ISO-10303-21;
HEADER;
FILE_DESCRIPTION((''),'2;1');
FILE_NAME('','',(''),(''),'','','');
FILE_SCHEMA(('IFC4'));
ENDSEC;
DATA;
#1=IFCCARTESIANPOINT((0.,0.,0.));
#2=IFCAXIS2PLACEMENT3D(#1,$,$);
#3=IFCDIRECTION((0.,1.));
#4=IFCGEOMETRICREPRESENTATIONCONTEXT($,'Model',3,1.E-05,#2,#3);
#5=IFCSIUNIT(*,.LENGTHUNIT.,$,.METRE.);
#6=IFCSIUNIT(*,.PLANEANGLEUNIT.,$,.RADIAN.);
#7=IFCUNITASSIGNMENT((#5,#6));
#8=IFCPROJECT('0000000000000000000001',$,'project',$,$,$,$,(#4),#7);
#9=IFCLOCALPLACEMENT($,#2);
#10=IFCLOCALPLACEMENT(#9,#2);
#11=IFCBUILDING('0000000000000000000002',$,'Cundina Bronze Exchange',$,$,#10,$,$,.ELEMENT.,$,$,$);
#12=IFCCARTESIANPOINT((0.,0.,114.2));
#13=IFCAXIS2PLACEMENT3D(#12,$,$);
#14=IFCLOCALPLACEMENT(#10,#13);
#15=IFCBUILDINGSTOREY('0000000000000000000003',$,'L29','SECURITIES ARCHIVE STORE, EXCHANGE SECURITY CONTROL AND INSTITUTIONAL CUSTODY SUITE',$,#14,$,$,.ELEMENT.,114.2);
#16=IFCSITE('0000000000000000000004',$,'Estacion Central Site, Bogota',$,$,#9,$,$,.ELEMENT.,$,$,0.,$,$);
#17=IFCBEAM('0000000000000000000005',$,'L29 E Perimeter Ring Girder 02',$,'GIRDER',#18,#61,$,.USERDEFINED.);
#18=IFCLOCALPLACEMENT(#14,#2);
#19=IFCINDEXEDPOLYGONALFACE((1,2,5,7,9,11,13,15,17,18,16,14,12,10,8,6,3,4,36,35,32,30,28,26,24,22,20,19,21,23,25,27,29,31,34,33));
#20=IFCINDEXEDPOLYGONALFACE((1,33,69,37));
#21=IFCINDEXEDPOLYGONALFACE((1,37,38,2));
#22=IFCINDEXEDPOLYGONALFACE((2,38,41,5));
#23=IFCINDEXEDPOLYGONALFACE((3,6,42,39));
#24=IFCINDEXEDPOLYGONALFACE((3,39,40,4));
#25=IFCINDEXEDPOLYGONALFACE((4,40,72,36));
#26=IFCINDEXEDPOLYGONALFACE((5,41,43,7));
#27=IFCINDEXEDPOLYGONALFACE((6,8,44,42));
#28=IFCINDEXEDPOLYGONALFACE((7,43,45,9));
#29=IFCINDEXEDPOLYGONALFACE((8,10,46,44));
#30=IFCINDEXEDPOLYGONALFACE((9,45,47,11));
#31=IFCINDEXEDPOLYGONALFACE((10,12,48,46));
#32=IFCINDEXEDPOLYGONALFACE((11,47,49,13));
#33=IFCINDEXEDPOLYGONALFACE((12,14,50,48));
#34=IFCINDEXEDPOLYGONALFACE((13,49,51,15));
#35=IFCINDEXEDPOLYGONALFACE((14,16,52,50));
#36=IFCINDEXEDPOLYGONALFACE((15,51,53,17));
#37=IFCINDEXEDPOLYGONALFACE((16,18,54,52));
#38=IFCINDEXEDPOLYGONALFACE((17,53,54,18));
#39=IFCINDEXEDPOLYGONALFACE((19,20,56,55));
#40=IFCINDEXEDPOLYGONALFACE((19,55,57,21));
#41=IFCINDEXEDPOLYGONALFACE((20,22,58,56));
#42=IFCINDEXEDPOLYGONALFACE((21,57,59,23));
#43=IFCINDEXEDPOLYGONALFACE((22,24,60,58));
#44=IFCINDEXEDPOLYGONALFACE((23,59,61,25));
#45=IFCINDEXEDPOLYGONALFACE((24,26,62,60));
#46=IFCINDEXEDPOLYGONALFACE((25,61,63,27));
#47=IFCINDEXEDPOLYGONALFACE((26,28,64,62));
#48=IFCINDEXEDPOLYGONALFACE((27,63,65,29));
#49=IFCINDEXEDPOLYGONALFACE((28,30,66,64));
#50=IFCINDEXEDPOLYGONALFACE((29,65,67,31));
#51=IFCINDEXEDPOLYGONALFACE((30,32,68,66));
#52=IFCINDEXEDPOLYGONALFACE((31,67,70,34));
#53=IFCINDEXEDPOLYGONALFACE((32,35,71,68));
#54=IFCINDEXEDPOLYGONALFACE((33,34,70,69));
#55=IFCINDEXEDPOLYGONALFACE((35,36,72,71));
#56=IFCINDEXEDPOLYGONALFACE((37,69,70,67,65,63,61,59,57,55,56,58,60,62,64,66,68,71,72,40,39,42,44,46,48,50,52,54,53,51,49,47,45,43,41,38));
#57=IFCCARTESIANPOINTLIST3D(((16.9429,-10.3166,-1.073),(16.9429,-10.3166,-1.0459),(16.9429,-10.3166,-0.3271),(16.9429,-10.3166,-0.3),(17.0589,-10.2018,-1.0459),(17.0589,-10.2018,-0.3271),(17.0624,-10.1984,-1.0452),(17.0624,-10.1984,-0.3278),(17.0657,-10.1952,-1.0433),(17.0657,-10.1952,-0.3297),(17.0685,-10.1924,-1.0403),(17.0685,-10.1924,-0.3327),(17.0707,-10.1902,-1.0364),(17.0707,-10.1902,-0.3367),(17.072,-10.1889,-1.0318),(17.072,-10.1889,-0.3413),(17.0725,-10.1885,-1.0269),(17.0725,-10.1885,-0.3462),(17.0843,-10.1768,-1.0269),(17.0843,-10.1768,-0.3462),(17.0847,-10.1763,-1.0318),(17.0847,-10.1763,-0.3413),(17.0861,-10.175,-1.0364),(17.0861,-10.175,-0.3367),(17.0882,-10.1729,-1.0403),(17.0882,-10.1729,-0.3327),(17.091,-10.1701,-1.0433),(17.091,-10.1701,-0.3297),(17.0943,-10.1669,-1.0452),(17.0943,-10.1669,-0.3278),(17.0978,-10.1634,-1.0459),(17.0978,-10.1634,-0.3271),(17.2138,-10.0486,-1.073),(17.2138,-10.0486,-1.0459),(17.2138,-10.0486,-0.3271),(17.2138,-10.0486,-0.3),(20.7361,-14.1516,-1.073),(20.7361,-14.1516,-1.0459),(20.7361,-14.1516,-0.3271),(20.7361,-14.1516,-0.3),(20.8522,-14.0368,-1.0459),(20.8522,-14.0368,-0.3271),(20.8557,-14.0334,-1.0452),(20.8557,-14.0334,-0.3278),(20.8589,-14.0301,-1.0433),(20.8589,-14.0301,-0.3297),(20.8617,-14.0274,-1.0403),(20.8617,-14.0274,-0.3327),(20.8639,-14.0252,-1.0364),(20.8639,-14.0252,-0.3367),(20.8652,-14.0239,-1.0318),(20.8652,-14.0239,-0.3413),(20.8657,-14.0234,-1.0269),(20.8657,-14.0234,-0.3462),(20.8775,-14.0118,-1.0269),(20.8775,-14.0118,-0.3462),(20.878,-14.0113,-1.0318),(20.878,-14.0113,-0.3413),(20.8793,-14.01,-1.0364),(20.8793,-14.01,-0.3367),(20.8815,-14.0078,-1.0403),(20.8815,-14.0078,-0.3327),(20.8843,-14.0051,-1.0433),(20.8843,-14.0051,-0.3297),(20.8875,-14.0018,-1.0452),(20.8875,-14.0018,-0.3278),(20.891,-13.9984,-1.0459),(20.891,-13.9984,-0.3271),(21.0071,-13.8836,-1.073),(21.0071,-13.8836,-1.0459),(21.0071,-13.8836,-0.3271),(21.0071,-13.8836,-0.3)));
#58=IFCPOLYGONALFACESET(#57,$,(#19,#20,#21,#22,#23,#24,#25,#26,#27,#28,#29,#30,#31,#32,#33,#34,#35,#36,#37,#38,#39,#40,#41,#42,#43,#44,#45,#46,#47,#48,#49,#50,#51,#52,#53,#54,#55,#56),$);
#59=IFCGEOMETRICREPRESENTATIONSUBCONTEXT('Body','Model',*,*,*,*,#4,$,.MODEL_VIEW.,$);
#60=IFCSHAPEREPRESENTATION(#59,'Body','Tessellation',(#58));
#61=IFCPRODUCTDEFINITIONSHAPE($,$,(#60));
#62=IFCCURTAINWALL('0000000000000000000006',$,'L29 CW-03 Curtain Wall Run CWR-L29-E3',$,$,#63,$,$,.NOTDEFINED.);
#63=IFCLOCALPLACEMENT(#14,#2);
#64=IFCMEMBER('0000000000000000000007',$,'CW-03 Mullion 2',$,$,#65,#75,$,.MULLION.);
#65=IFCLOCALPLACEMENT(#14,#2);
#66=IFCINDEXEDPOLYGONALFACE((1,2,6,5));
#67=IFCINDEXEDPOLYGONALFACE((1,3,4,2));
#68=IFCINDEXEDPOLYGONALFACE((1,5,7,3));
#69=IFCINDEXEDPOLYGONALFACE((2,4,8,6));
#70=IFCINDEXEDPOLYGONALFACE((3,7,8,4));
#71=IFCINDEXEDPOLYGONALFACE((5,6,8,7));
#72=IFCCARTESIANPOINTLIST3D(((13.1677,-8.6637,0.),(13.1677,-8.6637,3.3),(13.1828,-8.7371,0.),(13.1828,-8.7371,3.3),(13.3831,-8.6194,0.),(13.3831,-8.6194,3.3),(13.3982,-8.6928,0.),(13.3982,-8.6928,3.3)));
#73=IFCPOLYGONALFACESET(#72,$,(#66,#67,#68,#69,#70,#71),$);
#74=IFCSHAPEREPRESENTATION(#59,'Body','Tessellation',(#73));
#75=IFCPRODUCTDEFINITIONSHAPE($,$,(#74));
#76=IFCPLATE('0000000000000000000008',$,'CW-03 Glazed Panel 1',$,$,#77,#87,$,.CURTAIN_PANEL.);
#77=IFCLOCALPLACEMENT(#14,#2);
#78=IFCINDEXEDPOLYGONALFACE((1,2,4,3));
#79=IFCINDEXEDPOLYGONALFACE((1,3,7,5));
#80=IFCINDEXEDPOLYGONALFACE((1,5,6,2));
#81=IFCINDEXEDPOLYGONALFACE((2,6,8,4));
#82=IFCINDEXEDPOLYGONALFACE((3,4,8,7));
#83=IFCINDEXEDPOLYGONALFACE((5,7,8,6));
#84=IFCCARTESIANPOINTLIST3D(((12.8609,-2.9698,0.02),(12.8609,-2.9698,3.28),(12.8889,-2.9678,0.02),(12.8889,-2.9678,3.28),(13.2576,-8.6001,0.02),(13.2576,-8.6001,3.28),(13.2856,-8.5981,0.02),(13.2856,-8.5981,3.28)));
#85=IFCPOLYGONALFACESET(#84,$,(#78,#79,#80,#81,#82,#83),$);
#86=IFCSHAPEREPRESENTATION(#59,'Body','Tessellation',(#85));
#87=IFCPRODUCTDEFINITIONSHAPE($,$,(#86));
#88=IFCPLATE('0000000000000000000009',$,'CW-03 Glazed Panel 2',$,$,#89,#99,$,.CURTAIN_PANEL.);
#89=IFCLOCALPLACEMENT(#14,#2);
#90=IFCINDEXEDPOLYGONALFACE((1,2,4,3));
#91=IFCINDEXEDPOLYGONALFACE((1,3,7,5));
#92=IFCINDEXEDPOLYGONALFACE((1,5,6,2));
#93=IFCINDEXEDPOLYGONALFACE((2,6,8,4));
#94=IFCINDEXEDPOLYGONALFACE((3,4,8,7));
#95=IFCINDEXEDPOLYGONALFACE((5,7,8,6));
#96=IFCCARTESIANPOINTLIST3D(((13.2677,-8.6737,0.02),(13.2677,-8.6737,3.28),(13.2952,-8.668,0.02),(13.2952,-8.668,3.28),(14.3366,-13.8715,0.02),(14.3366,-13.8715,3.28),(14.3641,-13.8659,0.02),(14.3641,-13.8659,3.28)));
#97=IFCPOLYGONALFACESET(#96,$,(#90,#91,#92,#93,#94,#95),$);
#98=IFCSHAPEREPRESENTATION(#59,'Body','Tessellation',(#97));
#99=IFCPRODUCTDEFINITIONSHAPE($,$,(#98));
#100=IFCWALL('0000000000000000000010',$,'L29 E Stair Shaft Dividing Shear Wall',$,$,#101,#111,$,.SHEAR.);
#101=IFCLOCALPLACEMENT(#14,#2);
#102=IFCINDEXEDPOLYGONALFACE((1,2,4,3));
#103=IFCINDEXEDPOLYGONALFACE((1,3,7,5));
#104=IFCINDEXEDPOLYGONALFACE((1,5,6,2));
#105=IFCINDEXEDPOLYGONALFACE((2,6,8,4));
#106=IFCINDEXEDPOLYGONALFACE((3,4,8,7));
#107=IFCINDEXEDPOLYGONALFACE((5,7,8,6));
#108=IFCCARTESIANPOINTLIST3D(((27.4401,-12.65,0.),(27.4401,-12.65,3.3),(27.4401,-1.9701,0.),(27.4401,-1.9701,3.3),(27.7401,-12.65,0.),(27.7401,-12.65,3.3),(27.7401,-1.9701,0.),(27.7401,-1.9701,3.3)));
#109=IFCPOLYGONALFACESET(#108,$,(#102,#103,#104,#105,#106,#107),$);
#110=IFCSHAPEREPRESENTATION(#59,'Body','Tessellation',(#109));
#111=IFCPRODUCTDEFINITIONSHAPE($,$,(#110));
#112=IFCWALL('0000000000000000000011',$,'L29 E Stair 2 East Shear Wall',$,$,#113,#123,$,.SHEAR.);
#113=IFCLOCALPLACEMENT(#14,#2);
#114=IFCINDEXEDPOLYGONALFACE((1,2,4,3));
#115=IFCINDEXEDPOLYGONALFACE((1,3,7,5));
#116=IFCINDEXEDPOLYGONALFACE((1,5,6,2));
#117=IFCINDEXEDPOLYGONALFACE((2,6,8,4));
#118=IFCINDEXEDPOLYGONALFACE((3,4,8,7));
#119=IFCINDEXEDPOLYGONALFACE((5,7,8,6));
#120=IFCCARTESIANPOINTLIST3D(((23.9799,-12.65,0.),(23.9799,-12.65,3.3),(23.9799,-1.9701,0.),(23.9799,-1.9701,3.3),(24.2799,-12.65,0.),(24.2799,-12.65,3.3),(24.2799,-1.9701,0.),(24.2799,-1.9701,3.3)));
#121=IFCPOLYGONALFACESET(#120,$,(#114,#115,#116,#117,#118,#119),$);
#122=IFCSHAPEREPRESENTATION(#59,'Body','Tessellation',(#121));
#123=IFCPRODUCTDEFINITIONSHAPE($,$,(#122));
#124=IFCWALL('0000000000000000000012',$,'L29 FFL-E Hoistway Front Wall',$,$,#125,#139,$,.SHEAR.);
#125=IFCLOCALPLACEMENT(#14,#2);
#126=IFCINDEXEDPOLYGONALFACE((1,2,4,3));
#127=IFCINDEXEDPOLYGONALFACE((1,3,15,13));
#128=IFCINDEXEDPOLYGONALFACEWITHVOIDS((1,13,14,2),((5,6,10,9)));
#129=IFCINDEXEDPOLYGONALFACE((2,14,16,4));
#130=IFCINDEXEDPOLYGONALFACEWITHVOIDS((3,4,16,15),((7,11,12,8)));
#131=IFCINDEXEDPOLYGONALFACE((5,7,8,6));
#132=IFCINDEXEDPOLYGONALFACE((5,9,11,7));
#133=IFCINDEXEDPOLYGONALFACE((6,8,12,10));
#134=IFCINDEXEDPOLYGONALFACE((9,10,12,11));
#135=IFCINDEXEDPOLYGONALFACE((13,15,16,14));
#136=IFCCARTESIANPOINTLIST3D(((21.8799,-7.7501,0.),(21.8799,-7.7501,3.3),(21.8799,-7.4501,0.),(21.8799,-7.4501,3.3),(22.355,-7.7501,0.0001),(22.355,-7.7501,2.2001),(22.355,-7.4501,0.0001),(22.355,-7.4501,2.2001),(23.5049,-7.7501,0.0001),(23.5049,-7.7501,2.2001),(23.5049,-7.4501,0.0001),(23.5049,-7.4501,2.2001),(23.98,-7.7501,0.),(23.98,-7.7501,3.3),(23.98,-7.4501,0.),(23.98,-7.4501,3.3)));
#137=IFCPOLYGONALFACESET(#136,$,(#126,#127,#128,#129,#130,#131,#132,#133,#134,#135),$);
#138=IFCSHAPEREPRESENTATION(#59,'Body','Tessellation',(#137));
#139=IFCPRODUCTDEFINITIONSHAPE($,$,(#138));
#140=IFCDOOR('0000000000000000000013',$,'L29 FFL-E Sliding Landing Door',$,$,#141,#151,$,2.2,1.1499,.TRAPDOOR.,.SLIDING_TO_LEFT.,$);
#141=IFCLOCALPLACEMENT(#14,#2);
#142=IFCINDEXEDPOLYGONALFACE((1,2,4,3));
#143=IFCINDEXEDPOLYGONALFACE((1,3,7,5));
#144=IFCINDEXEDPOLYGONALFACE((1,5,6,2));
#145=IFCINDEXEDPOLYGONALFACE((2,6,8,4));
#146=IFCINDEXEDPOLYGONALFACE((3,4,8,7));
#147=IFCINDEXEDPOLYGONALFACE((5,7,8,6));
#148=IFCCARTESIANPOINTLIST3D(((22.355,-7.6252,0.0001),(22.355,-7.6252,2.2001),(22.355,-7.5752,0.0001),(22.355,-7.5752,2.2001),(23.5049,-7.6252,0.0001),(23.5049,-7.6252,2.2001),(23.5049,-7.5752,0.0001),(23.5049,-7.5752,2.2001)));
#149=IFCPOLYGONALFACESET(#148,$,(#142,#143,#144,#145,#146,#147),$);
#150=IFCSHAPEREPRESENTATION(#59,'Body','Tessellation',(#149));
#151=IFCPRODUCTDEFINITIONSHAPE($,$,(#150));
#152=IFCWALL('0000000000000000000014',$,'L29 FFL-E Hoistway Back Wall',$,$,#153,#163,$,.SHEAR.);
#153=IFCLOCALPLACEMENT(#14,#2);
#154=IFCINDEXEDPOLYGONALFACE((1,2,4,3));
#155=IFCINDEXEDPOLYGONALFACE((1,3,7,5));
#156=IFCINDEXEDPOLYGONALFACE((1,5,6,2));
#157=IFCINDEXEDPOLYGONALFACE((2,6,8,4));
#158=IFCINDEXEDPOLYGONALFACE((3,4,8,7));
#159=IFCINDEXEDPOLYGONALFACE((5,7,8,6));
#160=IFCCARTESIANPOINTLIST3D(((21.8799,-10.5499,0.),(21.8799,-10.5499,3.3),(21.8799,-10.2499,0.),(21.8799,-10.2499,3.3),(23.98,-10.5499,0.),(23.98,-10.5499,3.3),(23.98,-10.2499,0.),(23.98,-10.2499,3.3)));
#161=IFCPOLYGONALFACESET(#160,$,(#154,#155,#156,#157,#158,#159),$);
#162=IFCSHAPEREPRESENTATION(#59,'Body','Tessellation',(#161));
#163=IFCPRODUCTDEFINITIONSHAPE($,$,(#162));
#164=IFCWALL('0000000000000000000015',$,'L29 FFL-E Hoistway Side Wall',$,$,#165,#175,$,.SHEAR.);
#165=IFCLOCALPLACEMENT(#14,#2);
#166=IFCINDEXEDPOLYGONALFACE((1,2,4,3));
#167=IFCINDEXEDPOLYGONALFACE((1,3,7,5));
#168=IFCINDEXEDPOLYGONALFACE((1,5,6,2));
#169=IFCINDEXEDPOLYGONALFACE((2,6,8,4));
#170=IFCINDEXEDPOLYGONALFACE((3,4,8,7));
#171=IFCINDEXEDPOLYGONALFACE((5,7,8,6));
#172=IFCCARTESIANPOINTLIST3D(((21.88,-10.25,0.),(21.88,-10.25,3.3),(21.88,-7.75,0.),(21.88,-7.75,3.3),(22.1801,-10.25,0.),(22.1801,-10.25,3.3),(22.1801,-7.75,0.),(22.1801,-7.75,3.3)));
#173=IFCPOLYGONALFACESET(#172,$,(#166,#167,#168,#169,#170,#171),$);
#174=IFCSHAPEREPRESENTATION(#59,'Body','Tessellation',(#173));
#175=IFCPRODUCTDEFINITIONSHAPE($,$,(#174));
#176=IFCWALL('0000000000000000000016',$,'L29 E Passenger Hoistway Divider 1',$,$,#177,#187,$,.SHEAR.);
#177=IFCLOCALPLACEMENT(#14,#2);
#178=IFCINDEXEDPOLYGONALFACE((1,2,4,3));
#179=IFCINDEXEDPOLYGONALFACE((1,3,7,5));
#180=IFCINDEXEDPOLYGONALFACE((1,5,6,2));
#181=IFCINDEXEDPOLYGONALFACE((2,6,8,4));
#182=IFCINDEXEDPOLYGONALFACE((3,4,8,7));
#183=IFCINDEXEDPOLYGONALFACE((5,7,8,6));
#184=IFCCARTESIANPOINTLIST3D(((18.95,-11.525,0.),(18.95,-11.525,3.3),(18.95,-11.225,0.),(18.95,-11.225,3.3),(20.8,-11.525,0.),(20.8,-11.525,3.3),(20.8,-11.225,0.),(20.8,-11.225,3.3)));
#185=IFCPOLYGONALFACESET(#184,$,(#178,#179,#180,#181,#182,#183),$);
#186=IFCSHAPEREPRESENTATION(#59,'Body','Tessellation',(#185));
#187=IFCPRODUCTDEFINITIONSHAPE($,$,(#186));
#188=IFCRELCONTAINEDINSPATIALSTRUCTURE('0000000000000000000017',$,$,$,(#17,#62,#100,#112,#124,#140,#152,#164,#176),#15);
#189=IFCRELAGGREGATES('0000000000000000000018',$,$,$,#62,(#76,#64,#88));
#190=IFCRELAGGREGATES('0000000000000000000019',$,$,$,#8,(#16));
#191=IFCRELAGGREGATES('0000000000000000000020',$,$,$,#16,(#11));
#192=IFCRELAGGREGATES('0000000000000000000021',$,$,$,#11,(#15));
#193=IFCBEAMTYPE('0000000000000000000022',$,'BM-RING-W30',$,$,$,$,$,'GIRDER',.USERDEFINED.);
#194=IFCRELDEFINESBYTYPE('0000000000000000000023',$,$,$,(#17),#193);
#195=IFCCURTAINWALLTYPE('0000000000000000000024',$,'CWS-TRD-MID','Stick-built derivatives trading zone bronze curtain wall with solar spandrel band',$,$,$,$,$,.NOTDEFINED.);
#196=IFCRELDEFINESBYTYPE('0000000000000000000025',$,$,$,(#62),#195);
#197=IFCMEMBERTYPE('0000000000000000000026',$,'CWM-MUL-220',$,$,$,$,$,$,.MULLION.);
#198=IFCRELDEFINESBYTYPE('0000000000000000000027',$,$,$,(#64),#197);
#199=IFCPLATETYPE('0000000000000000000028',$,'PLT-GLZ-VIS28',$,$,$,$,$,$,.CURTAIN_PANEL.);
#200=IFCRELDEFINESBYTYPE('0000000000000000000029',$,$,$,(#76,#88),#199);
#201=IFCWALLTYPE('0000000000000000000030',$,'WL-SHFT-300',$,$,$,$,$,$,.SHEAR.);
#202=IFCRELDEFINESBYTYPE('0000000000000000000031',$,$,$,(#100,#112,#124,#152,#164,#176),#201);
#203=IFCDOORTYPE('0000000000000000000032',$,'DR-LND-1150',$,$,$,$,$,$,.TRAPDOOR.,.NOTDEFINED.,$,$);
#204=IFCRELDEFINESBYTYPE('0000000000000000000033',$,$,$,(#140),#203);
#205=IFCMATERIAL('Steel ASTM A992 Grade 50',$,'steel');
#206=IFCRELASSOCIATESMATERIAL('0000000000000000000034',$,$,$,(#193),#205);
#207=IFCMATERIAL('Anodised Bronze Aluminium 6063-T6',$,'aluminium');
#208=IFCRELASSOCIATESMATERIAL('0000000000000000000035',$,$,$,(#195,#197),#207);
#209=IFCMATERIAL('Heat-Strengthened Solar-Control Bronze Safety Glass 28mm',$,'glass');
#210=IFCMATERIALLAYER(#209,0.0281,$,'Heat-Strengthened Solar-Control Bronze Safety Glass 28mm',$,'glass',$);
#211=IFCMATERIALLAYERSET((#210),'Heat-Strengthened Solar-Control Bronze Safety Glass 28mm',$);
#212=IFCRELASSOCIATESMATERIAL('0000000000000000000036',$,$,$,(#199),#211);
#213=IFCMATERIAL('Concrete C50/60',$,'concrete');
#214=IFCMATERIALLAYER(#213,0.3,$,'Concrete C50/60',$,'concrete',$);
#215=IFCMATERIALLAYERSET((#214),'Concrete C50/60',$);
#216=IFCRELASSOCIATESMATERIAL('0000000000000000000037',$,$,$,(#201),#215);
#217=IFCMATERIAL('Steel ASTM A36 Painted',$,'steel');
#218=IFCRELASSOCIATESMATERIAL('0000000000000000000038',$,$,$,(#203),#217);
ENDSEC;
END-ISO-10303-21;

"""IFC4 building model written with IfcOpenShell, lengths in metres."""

from ifc_helpers import new_model, si_unit, direction, frame, frame_2d, origin, origin_2d, place, context, subcontext, project, spatial, rectangle, i_section, extrude, material, layer, layer_set, material_profile, profile_set, type_object, element, fill, aggregate, save


model = new_model("IFC4")

# Units and contexts
model_context = context("Model", 3, precision=1e-05, world=origin(), true_north=direction((0.0, 1.0)))
body_context = subcontext(model_context, "Body", "Model", "MODEL_VIEW")
ifc_project = project(units=[si_unit("LENGTHUNIT", "METRE"), si_unit("PLANEANGLEUNIT", "RADIAN")], contexts=[model_context])

# Site, building, storey
site_placement = place(None, origin())
site = spatial("IfcSite", under=ifc_project, at=site_placement, Name="Estacion Central Site, Bogota", CompositionType="ELEMENT", RefElevation=0.0)
building_placement = place(site_placement, origin())
building = spatial("IfcBuilding", under=site, at=building_placement, Name="Cundina Bronze Exchange", CompositionType="ELEMENT")
storey_placement = place(building_placement, frame((0.0, 0.0, 114.2)))
storey = spatial("IfcBuildingStorey", under=building, at=storey_placement, Name="L29", Description="SECURITIES ARCHIVE STORE, EXCHANGE SECURITY CONTROL AND INSTITUTIONAL CUSTODY SUITE", CompositionType="ELEMENT", Elevation=114.2)

# Beam
ifc_material_1 = material(Name="Steel ASTM A992 Grade 50", Category="steel")
ifc_material_profile_1 = material_profile(ifc_material_1, i_section(OverallWidth=0.3811, OverallDepth=0.7729, WebThickness=0.0166, FlangeThickness=0.0271, FilletRadius=0.019, at=origin_2d()), Name="W30X173", Category="steel")
ifc_profile_set_1 = profile_set([ifc_material_profile_1], Name="Steel ASTM A992 Grade 50")
beam_type_1 = type_object("IfcBeamType", Name="BM-RING-W30", ElementType="GIRDER", PredefinedType="USERDEFINED", material=ifc_profile_set_1)
beam_1_placement = place(storey_placement, frame((17.0784, -10.1826, -0.6865), z_axis=(0.703226, -0.710966, 0.0), x_axis=(0.710966, 0.703226, 0.0)))
element("IfcBeam", 1, at=beam_1_placement, inside=storey, type_object=beam_type_1, Name="L29 E Perimeter Ring Girder 02", ObjectType="GIRDER", PredefinedType="USERDEFINED", context=body_context, shape_type="SweptSolid", body=[
    extrude(i_section(OverallWidth=0.3811, OverallDepth=0.7729, WebThickness=0.0166, FlangeThickness=0.0271, FilletRadius=0.019, at=origin_2d()), origin(), (0.0, 0.0, 1.0), 5.394),
])

# Curtain wall, member, plates
ifc_material_2 = material(Name="Anodised Bronze Aluminium 6063-T6", Category="aluminium")
curtain_wall_type = type_object("IfcCurtainWallType", Name="CWS-TRD-MID", Description="Stick-built derivatives trading zone bronze curtain wall with solar spandrel band", PredefinedType="NOTDEFINED", material=ifc_material_2)
curtain_wall_placement = place(storey_placement, origin())
curtain_wall = element("IfcCurtainWall", 2, at=curtain_wall_placement, inside=storey, type_object=curtain_wall_type, Name="L29 CW-03 Curtain Wall Run CWR-L29-E3", PredefinedType="NOTDEFINED")
ifc_material_profile_2 = material_profile(ifc_material_2, rectangle(XDim=0.075, YDim=0.22, at=origin_2d()), Name="AL75X220", Category="aluminium")
ifc_profile_set_2 = profile_set([ifc_material_profile_2], Name="Anodised Bronze Aluminium 6063-T6")
member_type = type_object("IfcMemberType", Name="CWM-MUL-220", PredefinedType="MULLION", material=ifc_profile_set_2)
member_placement = place(storey_placement, frame((13.283, -8.6782, 0.0), z_axis=(0.0, 0.0, 1.0), x_axis=(0.20142, -0.979505, 0.0)))
member = element("IfcMember", 3, at=member_placement, type_object=member_type, Name="CW-03 Mullion 2", PredefinedType="MULLION", context=body_context, shape_type="SweptSolid", body=[
    extrude(rectangle(XDim=0.075, YDim=0.22, at=origin_2d()), origin(), (0.0, 0.0, 1.0), 3.3),
])
ifc_material_3 = material(Name="Heat-Strengthened Solar-Control Bronze Safety Glass 28mm", Category="glass")
ifc_layer_1 = layer(ifc_material_3, 0.0281, Name="Heat-Strengthened Solar-Control Bronze Safety Glass 28mm", Category="glass")
ifc_layer_set_1 = layer_set([ifc_layer_1], Name="Heat-Strengthened Solar-Control Bronze Safety Glass 28mm")
plate_type = type_object("IfcPlateType", Name="PLT-GLZ-VIS28", PredefinedType="CURTAIN_PANEL", material=ifc_layer_set_1)
plate_1_placement = place(storey_placement, frame((13.0732, -5.7839, 0.02), z_axis=(0.0, 0.0, 1.0), x_axis=(0.070279, -0.997527, 0.0)))
plate_1 = element("IfcPlate", 4, at=plate_1_placement, type_object=plate_type, Name="CW-03 Glazed Panel 1", PredefinedType="CURTAIN_PANEL", context=body_context, shape_type="SweptSolid", body=[
    extrude(rectangle(XDim=5.6443, YDim=0.0281, at=origin_2d()), origin(), (0.0, 0.0, 1.0), 3.26),
])
plate_2_placement = place(storey_placement, frame((13.8159, -11.2698, 0.02), z_axis=(0.0, 0.0, 1.0), x_axis=(0.20142, -0.979505, 0.0)))
plate_2 = element("IfcPlate", 5, at=plate_2_placement, type_object=plate_type, Name="CW-03 Glazed Panel 2", PredefinedType="CURTAIN_PANEL", context=body_context, shape_type="SweptSolid", body=[
    extrude(rectangle(XDim=5.3066, YDim=0.0281, at=origin_2d()), origin(), (0.0, 0.0, 1.0), 3.26),
])
aggregate(curtain_wall, [plate_1, member, plate_2])

# Walls
ifc_material_4 = material(Name="Concrete C50/60", Category="concrete")
ifc_layer_2 = layer(ifc_material_4, 0.3, Name="Concrete C50/60", Category="concrete")
ifc_layer_set_2 = layer_set([ifc_layer_2], Name="Concrete C50/60")
wall_type_1 = type_object("IfcWallType", Name="WL-SHFT-300", PredefinedType="SHEAR", material=ifc_layer_set_2)
for number, where, z_axis, x_axis, name in (
    (6, (27.5901, -12.6499, 0.0), (0.0, 0.0, 1.0), (0.0, 1.0, 0.0), "L29 E Stair Shaft Dividing Shear Wall"),
    (7, (24.1299, -12.6499, 0.0), (0.0, 0.0, 1.0), (0.0, 1.0, 0.0), "L29 E Stair 2 East Shear Wall"),
):
    element("IfcWall", number, at=place(storey_placement, frame(where, z_axis=z_axis, x_axis=x_axis)), inside=storey, type_object=wall_type_1, Name=name, PredefinedType="SHEAR", context=body_context, shape_type="SweptSolid", body=[
        extrude(rectangle(XDim=10.6799, YDim=0.3, at=frame_2d((5.3398, 0.0))), origin(), (0.0, 0.0, 1.0), 3.3),
    ])

# Wall, opening, door
ifc_material_5 = material(Name="Steel ASTM A36 Painted", Category="steel")
wall_1_placement = place(storey_placement, frame((21.8799, -7.6001, 0.0), z_axis=(0.0, 0.0, 1.0), x_axis=(1.0, 0.0, 0.0)))
wall_1 = element("IfcWall", 8, at=wall_1_placement, inside=storey, type_object=wall_type_1, Name="L29 FFL-E Hoistway Front Wall", PredefinedType="SHEAR", context=body_context, shape_type="SweptSolid", body=[
    extrude(rectangle(XDim=2.1001, YDim=0.3, at=frame_2d((1.05, 0.0))), origin(), (0.0, 0.0, 1.0), 3.3),
])
opening_1_placement = place(wall_1_placement, frame((0.4751, 0.0, 0.0)))
opening_1 = element("IfcOpeningElement", 9, at=opening_1_placement, cuts=wall_1, PredefinedType="OPENING", context=body_context, shape_type="SweptSolid", body=[
    extrude(rectangle(XDim=1.1499, YDim=2.2, at=frame_2d((0.575, 1.1001))), frame((0.0, 0.1599, 0.0), z_axis=(0.0, -1.0, 0.0), x_axis=(1.0, 0.0, 0.0)), (0.0, 0.0, 1.0), 0.3201),
])
door_type_1 = type_object("IfcDoorType", Name="DR-LND-1150", OperationType="NOTDEFINED", PredefinedType="TRAPDOOR", material=ifc_material_5)
door_1_placement = place(opening_1_placement, origin())
door_1 = element("IfcDoor", 10, at=door_1_placement, inside=storey, type_object=door_type_1, Name="L29 FFL-E Sliding Landing Door", OperationType="SLIDING_TO_LEFT", OverallHeight=2.2, OverallWidth=1.1499, PredefinedType="TRAPDOOR", context=body_context, shape_type="SweptSolid", body=[
    extrude(rectangle(XDim=1.1499, YDim=2.2, at=frame_2d((0.575, 1.1001))), frame((0.0, 0.0249, 0.0), z_axis=(0.0, -1.0, 0.0), x_axis=(1.0, 0.0, 0.0)), (0.0, 0.0, 1.0), 0.05),
])
fill(opening_1, door_1)

# Walls
wall_2_placement = place(storey_placement, frame((21.8799, -10.3999, 0.0), z_axis=(0.0, 0.0, 1.0), x_axis=(1.0, 0.0, 0.0)))
element("IfcWall", 11, at=wall_2_placement, inside=storey, type_object=wall_type_1, Name="L29 FFL-E Hoistway Back Wall", PredefinedType="SHEAR", context=body_context, shape_type="SweptSolid", body=[
    extrude(rectangle(XDim=2.1001, YDim=0.3, at=frame_2d((1.05, 0.0))), origin(), (0.0, 0.0, 1.0), 3.3),
])
wall_3_placement = place(storey_placement, frame((22.03, -10.25, 0.0), z_axis=(0.0, 0.0, 1.0), x_axis=(0.0, 1.0, 0.0)))
element("IfcWall", 12, at=wall_3_placement, inside=storey, type_object=wall_type_1, Name="L29 FFL-E Hoistway Side Wall", PredefinedType="SHEAR", context=body_context, shape_type="SweptSolid", body=[
    extrude(rectangle(XDim=2.5, YDim=0.3, at=frame_2d((1.25, 0.0))), origin(), (0.0, 0.0, 1.0), 3.3),
])
for number, where, z_axis, x_axis, name in (
    (13, (18.95, -11.375, 0.0), (0.0, 0.0, 1.0), (1.0, 0.0, 0.0), "L29 E Passenger Hoistway Divider 1"),
):
    element("IfcWall", number, at=place(storey_placement, frame(where, z_axis=z_axis, x_axis=x_axis)), inside=storey, type_object=wall_type_1, Name=name, PredefinedType="SHEAR", context=body_context, shape_type="SweptSolid", body=[
        extrude(rectangle(XDim=1.8501, YDim=0.3, at=frame_2d((0.925, 0.0))), origin(), (0.0, 0.0, 1.0), 3.3),
    ])

save(model, "model.ifc")
